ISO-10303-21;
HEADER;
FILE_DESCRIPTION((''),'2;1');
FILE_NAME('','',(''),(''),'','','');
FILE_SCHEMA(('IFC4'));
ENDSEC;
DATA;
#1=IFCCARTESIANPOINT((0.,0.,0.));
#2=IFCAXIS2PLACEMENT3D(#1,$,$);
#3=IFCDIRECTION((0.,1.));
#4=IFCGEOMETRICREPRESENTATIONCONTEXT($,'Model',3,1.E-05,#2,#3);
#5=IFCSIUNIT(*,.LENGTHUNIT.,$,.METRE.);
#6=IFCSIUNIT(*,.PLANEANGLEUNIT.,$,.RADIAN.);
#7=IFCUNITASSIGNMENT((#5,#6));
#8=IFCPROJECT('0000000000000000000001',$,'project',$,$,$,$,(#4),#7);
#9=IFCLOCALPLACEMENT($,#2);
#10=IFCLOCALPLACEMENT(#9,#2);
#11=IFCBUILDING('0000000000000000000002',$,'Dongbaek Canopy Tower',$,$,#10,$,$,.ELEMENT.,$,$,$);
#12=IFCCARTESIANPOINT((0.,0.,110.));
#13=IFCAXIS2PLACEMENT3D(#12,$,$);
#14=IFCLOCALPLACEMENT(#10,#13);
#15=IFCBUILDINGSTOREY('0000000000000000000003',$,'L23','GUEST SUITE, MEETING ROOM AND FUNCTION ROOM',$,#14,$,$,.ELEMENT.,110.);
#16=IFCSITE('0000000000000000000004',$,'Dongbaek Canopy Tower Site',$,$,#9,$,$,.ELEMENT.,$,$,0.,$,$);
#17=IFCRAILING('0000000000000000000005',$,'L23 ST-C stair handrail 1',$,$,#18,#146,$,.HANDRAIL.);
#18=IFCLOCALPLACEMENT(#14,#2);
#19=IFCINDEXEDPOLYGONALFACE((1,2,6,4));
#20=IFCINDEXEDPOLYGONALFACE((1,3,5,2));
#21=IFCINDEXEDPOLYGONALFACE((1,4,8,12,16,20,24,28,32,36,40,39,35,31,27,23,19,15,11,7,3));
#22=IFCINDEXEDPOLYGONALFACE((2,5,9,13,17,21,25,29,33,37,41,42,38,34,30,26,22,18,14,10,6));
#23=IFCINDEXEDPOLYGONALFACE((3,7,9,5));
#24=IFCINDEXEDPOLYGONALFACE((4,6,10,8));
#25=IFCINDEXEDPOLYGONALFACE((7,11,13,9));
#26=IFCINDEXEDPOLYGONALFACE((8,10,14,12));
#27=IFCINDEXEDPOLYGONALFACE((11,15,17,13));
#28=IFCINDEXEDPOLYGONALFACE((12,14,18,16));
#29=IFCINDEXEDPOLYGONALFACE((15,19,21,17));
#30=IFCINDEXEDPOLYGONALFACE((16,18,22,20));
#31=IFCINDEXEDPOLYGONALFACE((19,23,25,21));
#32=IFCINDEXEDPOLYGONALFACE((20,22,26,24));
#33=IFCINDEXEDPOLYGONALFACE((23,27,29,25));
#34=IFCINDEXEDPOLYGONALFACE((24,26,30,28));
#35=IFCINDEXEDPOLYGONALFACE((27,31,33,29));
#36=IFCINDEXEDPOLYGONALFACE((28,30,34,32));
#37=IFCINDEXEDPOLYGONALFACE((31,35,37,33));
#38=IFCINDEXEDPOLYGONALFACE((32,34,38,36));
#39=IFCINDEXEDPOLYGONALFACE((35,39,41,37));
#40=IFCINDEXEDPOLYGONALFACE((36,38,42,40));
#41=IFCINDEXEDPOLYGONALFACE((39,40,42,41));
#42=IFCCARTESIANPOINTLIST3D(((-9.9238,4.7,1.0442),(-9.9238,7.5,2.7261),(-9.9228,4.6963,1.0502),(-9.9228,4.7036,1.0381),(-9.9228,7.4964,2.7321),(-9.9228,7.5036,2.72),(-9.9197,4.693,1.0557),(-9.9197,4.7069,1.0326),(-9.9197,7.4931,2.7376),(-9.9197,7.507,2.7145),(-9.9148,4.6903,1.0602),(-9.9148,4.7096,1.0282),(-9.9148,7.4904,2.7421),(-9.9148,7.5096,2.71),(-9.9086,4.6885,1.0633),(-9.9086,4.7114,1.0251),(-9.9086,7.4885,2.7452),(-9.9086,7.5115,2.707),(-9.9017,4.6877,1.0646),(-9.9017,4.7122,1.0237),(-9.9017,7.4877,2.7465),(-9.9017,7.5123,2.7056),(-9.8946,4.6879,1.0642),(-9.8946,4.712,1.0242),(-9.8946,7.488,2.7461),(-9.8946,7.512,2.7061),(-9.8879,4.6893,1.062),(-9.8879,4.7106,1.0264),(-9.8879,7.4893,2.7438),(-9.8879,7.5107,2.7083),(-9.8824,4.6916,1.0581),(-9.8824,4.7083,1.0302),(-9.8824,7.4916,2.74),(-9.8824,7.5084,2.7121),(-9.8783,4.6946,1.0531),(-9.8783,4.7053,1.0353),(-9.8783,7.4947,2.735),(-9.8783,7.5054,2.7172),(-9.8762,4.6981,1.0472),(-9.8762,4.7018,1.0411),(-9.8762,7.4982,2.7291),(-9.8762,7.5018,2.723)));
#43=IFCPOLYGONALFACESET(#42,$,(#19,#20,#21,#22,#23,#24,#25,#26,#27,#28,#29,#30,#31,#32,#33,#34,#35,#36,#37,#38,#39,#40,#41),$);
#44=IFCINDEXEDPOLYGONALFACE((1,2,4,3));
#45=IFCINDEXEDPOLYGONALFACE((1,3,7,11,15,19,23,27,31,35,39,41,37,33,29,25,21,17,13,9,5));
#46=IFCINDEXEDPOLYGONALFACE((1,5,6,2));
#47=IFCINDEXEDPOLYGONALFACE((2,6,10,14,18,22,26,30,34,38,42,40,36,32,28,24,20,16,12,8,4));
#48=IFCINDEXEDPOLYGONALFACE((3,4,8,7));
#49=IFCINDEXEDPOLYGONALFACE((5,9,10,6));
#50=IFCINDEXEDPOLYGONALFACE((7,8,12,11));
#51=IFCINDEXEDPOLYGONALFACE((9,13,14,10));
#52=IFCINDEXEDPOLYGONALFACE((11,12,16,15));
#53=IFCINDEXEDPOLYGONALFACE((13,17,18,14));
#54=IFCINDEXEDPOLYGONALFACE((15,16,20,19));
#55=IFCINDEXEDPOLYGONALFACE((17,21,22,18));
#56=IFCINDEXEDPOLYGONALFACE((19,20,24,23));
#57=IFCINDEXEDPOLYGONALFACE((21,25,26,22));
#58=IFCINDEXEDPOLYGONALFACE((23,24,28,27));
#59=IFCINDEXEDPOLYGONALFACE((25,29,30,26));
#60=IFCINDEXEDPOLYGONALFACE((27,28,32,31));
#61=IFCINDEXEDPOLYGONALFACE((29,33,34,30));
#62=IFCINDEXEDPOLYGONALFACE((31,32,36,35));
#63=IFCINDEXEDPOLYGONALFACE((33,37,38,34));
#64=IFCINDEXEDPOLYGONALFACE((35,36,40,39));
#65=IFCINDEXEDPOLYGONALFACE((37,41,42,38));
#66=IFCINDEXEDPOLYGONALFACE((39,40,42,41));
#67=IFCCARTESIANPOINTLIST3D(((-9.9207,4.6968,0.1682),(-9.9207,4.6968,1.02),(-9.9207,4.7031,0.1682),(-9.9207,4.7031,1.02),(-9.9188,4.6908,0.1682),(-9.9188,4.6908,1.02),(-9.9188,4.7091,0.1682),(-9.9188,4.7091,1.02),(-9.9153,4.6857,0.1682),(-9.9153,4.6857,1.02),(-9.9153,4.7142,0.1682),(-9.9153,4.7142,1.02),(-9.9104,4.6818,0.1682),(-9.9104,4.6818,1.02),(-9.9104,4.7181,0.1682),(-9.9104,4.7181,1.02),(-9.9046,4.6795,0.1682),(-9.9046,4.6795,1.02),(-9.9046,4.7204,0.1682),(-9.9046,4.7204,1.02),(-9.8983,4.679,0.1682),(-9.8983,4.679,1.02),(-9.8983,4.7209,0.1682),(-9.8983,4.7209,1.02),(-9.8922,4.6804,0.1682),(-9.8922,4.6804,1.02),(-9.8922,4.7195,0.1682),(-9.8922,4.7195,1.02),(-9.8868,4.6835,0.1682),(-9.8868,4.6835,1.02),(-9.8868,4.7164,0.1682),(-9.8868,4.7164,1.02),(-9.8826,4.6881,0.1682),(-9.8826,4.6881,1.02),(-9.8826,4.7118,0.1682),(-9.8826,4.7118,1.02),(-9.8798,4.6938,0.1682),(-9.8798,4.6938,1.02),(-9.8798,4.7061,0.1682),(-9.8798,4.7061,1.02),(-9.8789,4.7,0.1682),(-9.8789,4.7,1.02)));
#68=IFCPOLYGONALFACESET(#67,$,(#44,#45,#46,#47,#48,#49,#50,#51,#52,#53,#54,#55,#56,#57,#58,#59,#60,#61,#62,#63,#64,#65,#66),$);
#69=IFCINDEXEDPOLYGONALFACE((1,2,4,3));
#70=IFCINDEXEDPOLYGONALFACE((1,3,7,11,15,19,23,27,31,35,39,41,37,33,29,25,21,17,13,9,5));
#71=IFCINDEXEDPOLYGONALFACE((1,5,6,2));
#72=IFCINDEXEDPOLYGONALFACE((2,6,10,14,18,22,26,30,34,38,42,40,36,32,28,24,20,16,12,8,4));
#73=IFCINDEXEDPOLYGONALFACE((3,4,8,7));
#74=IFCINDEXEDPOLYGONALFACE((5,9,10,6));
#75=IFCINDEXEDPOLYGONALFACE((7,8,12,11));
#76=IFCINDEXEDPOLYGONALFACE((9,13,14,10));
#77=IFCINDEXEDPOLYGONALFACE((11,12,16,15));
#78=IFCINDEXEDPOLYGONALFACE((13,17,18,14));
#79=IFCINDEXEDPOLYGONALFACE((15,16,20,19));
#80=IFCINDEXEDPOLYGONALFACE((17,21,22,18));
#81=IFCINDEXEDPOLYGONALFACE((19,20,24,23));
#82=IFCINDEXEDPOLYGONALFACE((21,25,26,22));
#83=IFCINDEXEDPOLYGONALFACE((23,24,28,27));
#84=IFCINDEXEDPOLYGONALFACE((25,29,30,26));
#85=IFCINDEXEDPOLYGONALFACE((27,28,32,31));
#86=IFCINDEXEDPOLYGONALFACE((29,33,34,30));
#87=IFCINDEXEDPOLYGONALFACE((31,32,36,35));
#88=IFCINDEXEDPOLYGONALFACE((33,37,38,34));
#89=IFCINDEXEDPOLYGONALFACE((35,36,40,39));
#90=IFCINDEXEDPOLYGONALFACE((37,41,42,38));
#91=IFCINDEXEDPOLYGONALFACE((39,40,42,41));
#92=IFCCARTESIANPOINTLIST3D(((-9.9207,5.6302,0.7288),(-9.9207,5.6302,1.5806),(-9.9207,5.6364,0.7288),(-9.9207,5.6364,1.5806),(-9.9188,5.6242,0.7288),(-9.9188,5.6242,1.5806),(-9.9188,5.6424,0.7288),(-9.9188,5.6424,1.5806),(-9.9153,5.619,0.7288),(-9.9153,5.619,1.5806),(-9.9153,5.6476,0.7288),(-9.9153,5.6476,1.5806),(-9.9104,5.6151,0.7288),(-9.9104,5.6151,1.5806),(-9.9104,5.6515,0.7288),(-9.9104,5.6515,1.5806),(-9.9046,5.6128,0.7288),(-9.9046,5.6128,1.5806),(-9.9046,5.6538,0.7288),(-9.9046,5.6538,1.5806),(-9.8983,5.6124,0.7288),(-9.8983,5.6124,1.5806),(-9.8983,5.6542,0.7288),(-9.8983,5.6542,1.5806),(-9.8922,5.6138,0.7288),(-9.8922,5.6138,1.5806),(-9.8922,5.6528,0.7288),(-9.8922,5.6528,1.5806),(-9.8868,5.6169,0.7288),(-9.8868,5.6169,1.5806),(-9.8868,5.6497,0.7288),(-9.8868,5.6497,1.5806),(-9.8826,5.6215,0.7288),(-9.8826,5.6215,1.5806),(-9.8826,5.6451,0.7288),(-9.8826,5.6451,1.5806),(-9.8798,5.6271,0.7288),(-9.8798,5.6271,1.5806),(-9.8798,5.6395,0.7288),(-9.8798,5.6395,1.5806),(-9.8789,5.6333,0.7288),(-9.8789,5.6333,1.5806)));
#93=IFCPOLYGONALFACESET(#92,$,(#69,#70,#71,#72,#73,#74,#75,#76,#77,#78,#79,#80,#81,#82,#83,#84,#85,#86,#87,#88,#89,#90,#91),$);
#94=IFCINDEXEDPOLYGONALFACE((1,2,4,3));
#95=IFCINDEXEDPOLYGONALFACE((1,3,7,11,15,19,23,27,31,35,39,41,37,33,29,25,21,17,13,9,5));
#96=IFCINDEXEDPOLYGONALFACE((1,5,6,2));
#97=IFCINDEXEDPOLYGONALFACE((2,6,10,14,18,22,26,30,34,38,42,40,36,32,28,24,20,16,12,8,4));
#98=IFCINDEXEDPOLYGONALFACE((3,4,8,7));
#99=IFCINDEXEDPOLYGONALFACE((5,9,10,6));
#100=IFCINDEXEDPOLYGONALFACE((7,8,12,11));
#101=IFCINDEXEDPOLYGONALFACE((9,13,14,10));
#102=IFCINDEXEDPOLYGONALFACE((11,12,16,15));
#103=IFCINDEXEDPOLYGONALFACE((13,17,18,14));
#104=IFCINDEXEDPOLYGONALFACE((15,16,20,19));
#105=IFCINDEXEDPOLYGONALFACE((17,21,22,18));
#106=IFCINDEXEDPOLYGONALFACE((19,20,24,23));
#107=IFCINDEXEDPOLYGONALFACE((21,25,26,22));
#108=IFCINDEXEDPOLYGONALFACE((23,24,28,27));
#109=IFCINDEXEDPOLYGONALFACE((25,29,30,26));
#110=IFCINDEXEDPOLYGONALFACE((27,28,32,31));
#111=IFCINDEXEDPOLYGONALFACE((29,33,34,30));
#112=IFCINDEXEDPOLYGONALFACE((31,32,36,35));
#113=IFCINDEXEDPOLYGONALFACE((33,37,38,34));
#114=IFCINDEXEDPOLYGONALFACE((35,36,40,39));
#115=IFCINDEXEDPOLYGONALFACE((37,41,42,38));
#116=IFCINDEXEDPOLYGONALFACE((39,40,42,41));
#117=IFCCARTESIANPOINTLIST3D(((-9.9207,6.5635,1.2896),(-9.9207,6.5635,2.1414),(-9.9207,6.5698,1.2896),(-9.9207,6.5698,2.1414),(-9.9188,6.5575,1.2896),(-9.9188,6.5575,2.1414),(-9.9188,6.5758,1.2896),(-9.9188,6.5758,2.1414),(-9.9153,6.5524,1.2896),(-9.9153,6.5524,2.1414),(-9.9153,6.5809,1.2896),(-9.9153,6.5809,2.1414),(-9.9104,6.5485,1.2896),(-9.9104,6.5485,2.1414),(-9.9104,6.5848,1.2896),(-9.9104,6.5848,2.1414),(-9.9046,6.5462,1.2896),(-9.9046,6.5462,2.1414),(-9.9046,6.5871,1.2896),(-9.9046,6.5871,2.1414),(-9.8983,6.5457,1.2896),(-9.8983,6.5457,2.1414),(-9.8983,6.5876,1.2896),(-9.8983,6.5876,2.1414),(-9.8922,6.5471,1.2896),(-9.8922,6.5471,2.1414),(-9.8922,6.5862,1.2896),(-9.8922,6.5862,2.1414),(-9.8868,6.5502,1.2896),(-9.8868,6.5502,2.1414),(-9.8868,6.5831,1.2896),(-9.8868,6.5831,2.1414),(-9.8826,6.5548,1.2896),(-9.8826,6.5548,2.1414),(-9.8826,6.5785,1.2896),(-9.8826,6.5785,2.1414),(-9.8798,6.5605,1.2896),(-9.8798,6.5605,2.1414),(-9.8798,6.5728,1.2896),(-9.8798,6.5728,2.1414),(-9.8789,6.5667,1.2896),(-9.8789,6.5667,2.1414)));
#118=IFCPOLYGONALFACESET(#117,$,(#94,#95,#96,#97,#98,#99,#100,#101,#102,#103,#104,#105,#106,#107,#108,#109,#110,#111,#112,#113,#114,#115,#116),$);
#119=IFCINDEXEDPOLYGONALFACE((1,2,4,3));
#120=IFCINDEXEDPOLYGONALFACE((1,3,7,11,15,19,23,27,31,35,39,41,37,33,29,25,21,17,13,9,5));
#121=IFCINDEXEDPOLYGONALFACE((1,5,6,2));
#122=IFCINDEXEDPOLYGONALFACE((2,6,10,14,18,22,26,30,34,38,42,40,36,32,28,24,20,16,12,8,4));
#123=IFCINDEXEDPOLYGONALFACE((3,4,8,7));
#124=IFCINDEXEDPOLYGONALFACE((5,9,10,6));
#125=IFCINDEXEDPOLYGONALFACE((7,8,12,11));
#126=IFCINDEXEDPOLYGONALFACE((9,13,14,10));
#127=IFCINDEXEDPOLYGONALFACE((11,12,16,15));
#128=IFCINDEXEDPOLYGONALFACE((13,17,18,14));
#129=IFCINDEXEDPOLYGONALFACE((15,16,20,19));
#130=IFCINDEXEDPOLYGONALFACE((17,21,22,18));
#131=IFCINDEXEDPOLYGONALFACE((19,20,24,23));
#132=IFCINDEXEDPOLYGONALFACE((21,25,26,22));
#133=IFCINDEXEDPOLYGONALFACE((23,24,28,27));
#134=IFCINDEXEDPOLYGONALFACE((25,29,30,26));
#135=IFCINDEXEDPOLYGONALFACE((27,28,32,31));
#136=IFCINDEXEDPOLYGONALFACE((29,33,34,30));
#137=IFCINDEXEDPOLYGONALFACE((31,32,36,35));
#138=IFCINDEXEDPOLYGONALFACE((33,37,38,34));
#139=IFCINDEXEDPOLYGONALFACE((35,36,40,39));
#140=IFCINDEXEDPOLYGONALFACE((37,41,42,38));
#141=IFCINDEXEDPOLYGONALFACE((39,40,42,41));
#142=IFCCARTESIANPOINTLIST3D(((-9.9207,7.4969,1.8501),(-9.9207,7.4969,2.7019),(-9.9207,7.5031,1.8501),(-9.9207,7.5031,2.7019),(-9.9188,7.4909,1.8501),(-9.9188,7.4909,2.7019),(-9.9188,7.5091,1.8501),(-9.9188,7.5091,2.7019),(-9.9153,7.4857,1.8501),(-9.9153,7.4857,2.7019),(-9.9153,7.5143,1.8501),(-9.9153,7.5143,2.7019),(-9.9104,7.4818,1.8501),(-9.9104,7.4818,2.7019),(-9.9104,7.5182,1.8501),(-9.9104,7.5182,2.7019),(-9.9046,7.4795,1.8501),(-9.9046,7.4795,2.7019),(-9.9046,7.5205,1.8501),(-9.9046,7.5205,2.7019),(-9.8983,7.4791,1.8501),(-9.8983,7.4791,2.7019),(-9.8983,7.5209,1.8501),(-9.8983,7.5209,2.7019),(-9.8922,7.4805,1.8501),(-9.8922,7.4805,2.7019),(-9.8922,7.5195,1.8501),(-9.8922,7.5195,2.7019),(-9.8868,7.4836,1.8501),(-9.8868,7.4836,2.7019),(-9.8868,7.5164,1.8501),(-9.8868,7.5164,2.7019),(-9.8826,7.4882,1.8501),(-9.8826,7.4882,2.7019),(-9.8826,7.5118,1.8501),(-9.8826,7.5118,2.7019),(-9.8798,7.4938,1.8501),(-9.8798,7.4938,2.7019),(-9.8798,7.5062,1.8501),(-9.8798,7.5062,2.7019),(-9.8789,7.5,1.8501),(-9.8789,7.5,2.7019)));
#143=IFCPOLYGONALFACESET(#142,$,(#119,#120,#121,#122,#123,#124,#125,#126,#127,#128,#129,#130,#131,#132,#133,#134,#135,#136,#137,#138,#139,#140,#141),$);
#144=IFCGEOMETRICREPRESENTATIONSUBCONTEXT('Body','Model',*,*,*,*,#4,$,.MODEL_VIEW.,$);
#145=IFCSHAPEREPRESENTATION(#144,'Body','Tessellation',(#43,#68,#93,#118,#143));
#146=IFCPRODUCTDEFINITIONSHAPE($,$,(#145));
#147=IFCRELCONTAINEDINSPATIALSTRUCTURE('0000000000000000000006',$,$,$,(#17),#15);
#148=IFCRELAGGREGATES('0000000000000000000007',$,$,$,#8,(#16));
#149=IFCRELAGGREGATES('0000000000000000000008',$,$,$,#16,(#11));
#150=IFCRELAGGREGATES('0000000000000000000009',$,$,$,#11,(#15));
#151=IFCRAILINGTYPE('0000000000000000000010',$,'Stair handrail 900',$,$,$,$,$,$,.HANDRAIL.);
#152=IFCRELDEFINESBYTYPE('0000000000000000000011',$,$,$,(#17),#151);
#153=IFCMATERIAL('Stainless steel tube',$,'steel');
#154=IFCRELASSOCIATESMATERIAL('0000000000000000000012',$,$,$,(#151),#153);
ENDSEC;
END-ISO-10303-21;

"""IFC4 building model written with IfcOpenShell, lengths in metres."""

from ifc_helpers import new_model, si_unit, direction, frame, origin, origin_2d, place, context, subcontext, project, spatial, circle, extrude, material, type_object, element, save


model = new_model("IFC4")

# Units and contexts
model_context = context("Model", 3, precision=1e-05, world=origin(), true_north=direction((0.0, 1.0)))
body_context = subcontext(model_context, "Body", "Model", "MODEL_VIEW")
ifc_project = project(units=[si_unit("LENGTHUNIT", "METRE"), si_unit("PLANEANGLEUNIT", "RADIAN")], contexts=[model_context])

# Site, building, storey
site_placement = place(None, origin())
site = spatial("IfcSite", under=ifc_project, at=site_placement, Name="Dongbaek Canopy Tower Site", CompositionType="ELEMENT", RefElevation=0.0)
building_placement = place(site_placement, origin())
building = spatial("IfcBuilding", under=site, at=building_placement, Name="Dongbaek Canopy Tower", CompositionType="ELEMENT")
storey_placement = place(building_placement, frame((0.0, 0.0, 110.0)))
storey = spatial("IfcBuildingStorey", under=building, at=storey_placement, Name="L23", Description="GUEST SUITE, MEETING ROOM AND FUNCTION ROOM", CompositionType="ELEMENT", Elevation=110.0)

# Railing
ifc_material_1 = material(Name="Stainless steel tube", Category="steel")
railing_type_1 = type_object("IfcRailingType", Name="Stair handrail 900", PredefinedType="HANDRAIL", material=ifc_material_1)
railing_1_placement = place(storey_placement, frame((-9.8999, 4.7, 0.1682)))
element("IfcRailing", 1, at=railing_1_placement, inside=storey, type_object=railing_type_1, Name="L23 ST-C stair handrail 1", PredefinedType="HANDRAIL", context=body_context, shape_type="SweptSolid", body=[
    extrude(circle(Radius=0.0239, at=origin_2d()), frame((0.0, 0.0, 0.876), z_axis=(0.0, 0.857242, 0.514913), x_axis=(-1.0, 0.0, 0.0)), (0.0, 0.0, 1.0), 3.2664),
    extrude(circle(Radius=0.021, at=origin_2d()), origin(), (0.0, 0.0, 1.0), 0.8518),
    extrude(circle(Radius=0.021, at=origin_2d()), frame((0.0, 0.9333, 0.5605)), (0.0, 0.0, 1.0), 0.8518),
    extrude(circle(Radius=0.021, at=origin_2d()), frame((0.0, 1.8667, 1.1213)), (0.0, 0.0, 1.0), 0.8518),
    extrude(circle(Radius=0.021, at=origin_2d()), frame((0.0, 2.8, 1.6819)), (0.0, 0.0, 1.0), 0.8518),
])

save(model, "model.ifc")
